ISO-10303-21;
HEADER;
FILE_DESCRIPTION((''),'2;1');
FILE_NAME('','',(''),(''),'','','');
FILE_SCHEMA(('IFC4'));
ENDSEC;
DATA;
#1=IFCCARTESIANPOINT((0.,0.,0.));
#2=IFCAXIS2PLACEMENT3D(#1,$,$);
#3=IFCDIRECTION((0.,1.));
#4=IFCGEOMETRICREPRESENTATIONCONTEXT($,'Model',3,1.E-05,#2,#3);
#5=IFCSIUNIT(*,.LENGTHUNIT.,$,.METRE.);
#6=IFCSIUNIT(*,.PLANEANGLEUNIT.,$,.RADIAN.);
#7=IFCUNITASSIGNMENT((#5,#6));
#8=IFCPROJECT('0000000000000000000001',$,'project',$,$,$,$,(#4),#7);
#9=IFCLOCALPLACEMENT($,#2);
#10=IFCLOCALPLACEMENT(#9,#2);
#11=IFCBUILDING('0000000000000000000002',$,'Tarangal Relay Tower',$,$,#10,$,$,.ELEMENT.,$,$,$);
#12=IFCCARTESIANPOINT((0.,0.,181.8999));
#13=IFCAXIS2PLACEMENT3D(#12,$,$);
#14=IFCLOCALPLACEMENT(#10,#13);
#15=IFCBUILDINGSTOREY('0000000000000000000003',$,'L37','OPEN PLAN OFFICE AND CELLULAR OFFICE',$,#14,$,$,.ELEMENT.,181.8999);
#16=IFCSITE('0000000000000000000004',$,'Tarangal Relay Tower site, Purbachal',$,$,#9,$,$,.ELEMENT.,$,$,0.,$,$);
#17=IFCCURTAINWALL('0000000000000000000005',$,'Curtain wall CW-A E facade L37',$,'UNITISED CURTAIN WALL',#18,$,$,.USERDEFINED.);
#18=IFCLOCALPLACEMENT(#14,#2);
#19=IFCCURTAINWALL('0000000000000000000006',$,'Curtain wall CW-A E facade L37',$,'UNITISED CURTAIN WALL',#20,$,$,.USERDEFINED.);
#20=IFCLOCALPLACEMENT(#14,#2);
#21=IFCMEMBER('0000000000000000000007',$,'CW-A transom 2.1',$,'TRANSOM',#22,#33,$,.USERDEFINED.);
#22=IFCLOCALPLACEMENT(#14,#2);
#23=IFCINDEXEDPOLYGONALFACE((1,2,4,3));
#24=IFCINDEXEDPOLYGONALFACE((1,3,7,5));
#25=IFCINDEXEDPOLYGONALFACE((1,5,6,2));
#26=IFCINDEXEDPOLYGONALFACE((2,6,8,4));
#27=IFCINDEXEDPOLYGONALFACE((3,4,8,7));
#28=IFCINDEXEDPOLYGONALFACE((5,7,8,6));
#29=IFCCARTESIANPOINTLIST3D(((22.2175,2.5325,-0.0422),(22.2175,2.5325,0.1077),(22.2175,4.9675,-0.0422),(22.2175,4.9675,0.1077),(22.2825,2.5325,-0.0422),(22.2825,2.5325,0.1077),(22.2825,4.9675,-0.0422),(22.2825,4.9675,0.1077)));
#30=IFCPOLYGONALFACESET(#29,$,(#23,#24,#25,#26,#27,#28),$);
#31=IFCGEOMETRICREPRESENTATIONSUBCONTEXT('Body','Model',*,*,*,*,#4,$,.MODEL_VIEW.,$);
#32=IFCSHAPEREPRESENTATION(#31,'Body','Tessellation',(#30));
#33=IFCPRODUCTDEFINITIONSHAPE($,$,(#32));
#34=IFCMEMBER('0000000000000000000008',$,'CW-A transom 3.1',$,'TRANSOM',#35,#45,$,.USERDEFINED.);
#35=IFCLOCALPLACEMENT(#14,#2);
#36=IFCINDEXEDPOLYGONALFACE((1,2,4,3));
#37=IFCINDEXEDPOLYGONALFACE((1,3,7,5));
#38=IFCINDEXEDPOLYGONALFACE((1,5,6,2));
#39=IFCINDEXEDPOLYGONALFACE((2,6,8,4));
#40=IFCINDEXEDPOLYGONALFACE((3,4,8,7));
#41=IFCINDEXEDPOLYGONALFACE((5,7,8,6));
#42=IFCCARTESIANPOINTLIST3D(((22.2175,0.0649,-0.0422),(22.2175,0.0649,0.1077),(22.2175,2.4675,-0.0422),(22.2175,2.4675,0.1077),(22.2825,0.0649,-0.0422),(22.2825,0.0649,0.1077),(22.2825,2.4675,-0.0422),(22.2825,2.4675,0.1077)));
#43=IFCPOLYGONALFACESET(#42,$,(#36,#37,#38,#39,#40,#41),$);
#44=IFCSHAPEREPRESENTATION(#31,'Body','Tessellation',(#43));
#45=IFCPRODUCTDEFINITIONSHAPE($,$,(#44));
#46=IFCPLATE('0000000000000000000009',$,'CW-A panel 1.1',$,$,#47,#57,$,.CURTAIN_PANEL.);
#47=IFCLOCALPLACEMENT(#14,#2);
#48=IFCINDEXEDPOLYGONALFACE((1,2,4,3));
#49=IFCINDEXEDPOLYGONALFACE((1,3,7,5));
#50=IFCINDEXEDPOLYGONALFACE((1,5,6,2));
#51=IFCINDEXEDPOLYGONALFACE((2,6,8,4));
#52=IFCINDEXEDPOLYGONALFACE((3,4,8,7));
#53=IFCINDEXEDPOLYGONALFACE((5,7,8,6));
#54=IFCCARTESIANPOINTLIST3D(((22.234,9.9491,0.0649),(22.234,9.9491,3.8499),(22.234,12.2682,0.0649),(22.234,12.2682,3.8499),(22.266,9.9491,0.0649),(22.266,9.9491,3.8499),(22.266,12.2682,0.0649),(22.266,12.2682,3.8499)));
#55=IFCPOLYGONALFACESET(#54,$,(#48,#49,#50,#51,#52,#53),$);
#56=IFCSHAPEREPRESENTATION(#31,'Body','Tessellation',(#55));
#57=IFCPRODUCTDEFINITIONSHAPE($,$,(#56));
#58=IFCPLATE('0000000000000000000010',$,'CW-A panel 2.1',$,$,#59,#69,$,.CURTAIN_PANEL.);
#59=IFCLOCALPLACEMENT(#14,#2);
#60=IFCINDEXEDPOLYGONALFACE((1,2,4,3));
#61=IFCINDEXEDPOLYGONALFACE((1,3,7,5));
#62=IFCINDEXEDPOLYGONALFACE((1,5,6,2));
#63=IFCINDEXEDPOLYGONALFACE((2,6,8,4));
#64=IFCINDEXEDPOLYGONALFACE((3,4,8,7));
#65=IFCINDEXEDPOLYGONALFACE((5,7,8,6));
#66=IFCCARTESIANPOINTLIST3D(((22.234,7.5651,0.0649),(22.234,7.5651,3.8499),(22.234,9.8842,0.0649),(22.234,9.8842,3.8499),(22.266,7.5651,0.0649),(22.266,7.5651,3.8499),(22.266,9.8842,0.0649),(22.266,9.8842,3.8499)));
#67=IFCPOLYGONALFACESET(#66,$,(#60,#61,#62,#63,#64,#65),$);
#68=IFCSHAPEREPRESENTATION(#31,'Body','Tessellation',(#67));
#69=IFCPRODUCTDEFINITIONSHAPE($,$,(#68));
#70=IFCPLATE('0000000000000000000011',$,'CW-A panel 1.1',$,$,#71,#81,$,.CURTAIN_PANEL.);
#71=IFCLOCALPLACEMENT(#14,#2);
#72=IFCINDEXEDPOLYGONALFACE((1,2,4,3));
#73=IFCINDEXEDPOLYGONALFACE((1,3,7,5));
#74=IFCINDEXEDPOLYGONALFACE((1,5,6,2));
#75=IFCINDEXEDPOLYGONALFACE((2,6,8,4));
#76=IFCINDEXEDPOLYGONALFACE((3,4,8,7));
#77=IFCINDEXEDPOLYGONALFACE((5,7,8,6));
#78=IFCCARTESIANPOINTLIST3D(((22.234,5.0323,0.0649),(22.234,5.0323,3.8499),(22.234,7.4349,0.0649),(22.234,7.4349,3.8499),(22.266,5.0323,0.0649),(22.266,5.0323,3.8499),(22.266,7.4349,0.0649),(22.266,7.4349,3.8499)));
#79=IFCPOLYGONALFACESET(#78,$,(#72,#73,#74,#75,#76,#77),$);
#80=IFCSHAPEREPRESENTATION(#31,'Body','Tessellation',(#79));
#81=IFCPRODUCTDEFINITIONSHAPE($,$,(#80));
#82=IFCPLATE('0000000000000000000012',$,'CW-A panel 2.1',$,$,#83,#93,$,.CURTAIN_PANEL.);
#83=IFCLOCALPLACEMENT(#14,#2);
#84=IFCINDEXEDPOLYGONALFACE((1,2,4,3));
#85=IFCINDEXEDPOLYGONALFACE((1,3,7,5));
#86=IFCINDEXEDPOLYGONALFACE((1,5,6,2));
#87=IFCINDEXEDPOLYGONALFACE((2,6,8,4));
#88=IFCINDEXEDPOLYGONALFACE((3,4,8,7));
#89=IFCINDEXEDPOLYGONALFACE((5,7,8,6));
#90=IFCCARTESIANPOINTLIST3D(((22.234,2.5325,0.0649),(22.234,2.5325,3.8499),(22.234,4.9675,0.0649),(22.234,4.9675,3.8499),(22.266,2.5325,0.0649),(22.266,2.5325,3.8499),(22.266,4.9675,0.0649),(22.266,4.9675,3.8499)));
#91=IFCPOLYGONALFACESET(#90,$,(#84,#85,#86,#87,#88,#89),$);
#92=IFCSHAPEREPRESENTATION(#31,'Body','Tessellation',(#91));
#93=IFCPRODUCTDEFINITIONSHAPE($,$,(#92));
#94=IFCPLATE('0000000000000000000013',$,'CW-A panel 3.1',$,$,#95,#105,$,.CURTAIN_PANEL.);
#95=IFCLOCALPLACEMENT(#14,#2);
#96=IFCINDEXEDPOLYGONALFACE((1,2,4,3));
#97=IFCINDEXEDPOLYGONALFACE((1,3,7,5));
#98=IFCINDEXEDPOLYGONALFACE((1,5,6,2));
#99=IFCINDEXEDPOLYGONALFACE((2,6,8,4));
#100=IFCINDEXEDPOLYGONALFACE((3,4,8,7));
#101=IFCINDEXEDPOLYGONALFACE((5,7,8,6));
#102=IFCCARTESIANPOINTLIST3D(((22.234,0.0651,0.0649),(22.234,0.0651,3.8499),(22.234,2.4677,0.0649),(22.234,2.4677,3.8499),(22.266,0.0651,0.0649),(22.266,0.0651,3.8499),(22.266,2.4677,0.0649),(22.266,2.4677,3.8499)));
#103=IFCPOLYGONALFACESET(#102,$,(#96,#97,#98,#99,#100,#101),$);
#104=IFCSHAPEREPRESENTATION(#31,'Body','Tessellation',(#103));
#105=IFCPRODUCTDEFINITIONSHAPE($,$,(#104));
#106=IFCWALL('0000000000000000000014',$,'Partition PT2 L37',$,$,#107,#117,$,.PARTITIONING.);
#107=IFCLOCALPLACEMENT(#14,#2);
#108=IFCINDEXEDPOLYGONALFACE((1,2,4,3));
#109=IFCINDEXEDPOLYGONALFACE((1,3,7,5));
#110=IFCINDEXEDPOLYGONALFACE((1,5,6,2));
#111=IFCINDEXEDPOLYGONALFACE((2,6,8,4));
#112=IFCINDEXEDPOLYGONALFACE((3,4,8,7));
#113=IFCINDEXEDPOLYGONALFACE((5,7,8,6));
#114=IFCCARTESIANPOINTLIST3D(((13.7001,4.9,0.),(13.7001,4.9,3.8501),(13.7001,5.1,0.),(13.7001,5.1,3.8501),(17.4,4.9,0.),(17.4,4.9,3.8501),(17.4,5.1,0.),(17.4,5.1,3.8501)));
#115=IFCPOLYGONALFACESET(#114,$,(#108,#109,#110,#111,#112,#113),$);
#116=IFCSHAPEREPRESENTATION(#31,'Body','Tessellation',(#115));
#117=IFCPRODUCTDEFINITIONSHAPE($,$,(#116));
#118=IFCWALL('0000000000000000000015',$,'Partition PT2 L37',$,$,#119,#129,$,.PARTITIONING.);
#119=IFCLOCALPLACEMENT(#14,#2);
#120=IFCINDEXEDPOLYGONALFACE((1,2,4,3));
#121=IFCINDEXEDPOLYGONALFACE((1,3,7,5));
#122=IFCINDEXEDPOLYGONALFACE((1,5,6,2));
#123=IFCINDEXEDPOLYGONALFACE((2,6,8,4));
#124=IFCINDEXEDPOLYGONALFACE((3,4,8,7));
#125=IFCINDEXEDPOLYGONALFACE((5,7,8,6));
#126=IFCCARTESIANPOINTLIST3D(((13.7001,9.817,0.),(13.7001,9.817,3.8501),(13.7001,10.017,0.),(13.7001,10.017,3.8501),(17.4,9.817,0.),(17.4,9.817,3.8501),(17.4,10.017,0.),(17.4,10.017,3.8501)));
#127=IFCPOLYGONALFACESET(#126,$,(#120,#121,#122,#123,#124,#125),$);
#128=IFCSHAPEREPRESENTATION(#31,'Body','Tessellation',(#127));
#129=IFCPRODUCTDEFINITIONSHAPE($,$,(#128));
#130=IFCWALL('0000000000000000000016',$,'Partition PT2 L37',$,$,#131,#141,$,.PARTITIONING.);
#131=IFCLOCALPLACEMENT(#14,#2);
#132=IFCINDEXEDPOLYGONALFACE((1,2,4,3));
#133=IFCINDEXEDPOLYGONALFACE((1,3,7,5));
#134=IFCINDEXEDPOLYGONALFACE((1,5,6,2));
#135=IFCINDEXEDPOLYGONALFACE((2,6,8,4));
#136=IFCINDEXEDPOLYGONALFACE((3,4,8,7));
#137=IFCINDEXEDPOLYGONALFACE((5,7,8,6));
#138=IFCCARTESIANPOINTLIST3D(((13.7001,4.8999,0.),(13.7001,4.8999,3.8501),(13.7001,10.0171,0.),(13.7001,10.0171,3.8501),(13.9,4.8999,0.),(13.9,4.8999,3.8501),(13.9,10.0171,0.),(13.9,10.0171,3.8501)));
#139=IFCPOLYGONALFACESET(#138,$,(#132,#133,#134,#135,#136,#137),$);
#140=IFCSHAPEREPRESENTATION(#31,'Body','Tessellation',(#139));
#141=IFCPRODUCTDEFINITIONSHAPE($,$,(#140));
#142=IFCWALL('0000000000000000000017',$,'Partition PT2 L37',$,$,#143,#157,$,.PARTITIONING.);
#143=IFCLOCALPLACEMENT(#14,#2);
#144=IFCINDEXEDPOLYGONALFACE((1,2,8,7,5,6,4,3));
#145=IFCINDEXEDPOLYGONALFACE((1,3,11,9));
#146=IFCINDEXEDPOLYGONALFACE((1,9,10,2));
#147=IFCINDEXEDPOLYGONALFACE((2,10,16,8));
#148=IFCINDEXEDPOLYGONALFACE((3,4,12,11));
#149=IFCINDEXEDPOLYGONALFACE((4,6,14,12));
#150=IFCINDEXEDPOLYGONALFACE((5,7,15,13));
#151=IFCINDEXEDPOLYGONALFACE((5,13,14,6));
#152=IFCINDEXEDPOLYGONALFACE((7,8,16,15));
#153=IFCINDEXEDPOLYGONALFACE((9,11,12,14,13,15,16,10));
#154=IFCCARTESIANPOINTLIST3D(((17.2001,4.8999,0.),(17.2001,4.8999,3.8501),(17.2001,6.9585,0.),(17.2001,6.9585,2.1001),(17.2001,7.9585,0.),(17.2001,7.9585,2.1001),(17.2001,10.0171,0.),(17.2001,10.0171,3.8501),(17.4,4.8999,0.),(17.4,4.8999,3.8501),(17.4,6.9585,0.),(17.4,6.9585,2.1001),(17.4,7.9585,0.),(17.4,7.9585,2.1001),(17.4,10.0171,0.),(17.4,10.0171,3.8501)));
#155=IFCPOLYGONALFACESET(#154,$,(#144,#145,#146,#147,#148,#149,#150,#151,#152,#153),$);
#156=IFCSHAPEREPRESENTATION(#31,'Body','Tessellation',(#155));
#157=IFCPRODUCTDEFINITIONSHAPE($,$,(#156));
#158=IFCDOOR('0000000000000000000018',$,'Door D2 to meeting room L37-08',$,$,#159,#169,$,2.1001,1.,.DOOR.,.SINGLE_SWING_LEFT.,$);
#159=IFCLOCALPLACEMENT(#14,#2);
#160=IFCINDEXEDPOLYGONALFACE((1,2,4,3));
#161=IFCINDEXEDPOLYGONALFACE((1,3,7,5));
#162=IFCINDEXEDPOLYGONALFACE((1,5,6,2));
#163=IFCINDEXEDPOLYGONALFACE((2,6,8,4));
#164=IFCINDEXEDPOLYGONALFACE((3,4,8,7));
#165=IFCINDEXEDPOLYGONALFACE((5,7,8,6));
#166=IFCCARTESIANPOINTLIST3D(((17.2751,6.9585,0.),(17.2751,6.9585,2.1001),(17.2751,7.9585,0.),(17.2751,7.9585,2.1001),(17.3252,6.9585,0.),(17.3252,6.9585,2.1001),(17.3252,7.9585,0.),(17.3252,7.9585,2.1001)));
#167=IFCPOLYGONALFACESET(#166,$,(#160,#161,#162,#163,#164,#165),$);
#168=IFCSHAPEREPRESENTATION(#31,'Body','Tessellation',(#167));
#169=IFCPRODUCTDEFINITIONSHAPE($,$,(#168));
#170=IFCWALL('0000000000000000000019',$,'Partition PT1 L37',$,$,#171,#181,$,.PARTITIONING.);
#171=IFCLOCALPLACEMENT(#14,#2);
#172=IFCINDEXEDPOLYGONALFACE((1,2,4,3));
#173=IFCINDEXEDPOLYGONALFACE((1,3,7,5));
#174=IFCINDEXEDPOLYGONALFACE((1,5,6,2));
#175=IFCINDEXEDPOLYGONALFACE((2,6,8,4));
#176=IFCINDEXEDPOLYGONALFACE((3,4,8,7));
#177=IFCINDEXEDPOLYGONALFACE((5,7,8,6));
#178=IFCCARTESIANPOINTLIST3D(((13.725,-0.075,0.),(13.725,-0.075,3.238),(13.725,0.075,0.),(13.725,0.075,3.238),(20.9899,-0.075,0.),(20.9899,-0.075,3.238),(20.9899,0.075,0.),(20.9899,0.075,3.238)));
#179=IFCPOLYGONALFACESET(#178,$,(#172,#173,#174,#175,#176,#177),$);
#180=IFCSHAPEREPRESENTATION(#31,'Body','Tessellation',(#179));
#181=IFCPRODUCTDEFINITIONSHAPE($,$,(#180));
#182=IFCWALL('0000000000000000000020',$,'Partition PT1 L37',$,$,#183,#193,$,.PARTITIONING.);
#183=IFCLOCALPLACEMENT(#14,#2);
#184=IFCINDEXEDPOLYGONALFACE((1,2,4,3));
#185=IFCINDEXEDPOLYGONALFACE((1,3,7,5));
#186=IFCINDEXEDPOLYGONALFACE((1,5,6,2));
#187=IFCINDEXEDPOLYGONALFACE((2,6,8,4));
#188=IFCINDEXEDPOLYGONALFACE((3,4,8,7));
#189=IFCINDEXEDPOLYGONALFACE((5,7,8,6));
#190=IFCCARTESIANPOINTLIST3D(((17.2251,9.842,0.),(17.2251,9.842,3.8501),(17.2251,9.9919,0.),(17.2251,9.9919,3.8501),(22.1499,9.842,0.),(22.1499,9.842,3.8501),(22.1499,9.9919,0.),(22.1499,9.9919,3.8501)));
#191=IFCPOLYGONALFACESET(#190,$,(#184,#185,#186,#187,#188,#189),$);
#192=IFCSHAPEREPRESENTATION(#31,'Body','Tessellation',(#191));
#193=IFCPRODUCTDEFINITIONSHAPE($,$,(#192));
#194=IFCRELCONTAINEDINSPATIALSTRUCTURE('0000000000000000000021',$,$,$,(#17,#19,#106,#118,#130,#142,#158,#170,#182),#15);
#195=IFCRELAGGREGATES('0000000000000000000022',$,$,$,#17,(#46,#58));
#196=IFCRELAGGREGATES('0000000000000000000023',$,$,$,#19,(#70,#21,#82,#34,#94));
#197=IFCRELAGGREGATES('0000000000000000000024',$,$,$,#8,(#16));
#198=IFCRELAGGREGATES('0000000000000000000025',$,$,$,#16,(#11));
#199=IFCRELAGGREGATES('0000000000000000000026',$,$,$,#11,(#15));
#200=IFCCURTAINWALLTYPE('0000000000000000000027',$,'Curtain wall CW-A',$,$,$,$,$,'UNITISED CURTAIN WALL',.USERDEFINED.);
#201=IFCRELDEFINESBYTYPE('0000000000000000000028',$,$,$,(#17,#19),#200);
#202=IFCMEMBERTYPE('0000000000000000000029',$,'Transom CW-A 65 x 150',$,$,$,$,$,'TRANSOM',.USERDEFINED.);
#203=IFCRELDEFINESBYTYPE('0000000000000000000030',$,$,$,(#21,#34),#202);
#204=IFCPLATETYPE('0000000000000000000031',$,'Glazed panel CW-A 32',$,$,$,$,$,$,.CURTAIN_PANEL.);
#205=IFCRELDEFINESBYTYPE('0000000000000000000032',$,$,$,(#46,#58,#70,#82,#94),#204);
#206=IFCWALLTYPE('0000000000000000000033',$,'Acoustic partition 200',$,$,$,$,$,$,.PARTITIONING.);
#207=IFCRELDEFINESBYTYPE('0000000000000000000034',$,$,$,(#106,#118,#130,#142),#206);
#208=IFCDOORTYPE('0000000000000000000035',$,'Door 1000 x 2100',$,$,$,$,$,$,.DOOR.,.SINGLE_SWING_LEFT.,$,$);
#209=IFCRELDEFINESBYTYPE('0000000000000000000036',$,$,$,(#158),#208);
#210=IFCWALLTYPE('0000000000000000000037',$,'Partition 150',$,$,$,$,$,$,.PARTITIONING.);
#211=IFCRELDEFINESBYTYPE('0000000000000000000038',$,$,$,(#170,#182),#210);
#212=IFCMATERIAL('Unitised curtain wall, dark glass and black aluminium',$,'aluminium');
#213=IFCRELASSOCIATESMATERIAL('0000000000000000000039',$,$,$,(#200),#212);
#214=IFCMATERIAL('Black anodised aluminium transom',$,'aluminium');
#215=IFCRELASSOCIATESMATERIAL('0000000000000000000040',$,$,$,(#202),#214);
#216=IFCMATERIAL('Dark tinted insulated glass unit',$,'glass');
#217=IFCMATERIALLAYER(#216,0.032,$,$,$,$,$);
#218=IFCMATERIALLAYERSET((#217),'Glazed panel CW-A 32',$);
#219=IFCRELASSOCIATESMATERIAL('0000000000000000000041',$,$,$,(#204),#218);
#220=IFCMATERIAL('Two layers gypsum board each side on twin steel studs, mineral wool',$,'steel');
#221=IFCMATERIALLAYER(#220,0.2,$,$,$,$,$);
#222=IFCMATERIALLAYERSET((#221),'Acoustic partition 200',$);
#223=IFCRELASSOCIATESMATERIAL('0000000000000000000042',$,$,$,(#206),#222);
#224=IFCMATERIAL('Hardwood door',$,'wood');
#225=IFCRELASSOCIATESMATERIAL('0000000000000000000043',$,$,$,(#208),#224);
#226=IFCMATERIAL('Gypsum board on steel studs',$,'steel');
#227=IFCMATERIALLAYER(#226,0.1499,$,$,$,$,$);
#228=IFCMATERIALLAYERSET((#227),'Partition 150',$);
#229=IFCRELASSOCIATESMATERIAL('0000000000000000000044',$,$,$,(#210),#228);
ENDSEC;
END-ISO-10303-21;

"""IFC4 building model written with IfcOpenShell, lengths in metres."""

from ifc_helpers import new_model, si_unit, direction, frame, frame_2d, origin, origin_2d, place, context, subcontext, project, spatial, rectangle, extrude, material, layer, layer_set, material_profile, profile_set, type_object, element, fill, aggregate, save


model = new_model("IFC4")

# Units and contexts
model_context = context("Model", 3, precision=1e-05, world=origin(), true_north=direction((0.0, 1.0)))
body_context = subcontext(model_context, "Body", "Model", "MODEL_VIEW")
ifc_project = project(units=[si_unit("LENGTHUNIT", "METRE"), si_unit("PLANEANGLEUNIT", "RADIAN")], contexts=[model_context])

# Site, building, storey
site_placement = place(None, origin())
site = spatial("IfcSite", under=ifc_project, at=site_placement, Name="Tarangal Relay Tower site, Purbachal", CompositionType="ELEMENT", RefElevation=0.0)
building_placement = place(site_placement, origin())
building = spatial("IfcBuilding", under=site, at=building_placement, Name="Tarangal Relay Tower", CompositionType="ELEMENT")
storey_placement = place(building_placement, frame((0.0, 0.0, 181.8999)))
storey = spatial("IfcBuildingStorey", under=building, at=storey_placement, Name="L37", Description="OPEN PLAN OFFICE AND CELLULAR OFFICE", CompositionType="ELEMENT", Elevation=181.8999)

# Curtain walls
ifc_material_1 = material(Name="Unitised curtain wall, dark glass and black aluminium", Category="aluminium")
curtain_wall_type = type_object("IfcCurtainWallType", Name="Curtain wall CW-A", ElementType="UNITISED CURTAIN WALL", PredefinedType="USERDEFINED", material=ifc_material_1)
curtain_wall_1_placement = place(storey_placement, origin())
curtain_wall_1 = element("IfcCurtainWall", 1, at=curtain_wall_1_placement, inside=storey, type_object=curtain_wall_type, Name="Curtain wall CW-A E facade L37", ObjectType="UNITISED CURTAIN WALL", PredefinedType="USERDEFINED")
curtain_wall_2_placement = place(storey_placement, origin())
curtain_wall_2 = element("IfcCurtainWall", 2, at=curtain_wall_2_placement, inside=storey, type_object=curtain_wall_type, Name="Curtain wall CW-A E facade L37", ObjectType="UNITISED CURTAIN WALL", PredefinedType="USERDEFINED")

# Members
ifc_material_2 = material(Name="Black anodised aluminium transom", Category="aluminium")
ifc_material_profile_1 = material_profile(ifc_material_2, rectangle(XDim=0.0649, YDim=0.1499, at=origin_2d()), Name="CW-AT 65X150")
ifc_profile_set_1 = profile_set([ifc_material_profile_1], Name="Black anodised aluminium transom")
member_type_1 = type_object("IfcMemberType", Name="Transom CW-A 65 x 150", ElementType="TRANSOM", PredefinedType="USERDEFINED", material=ifc_profile_set_1)
member_1_placement = place(storey_placement, frame((22.25, 4.9675, 0.0327), z_axis=(0.0, -1.0, 0.0), x_axis=(1.0, 0.0, 0.0)))
member_1 = element("IfcMember", 3, at=member_1_placement, type_object=member_type_1, Name="CW-A transom 2.1", ObjectType="TRANSOM", PredefinedType="USERDEFINED", context=body_context, shape_type="SweptSolid", body=[
    extrude(rectangle(XDim=0.0649, YDim=0.1499, at=origin_2d()), origin(), (0.0, 0.0, 1.0), 2.4351),
])
member_2_placement = place(storey_placement, frame((22.25, 2.4675, 0.0327), z_axis=(0.0, -1.0, 0.0), x_axis=(1.0, 0.0, 0.0)))
member_2 = element("IfcMember", 4, at=member_2_placement, type_object=member_type_1, Name="CW-A transom 3.1", ObjectType="TRANSOM", PredefinedType="USERDEFINED", context=body_context, shape_type="SweptSolid", body=[
    extrude(rectangle(XDim=0.0649, YDim=0.1499, at=origin_2d()), origin(), (0.0, 0.0, 1.0), 2.4026),
])

# Plates
ifc_material_3 = material(Name="Dark tinted insulated glass unit", Category="glass")
ifc_layer_1 = layer(ifc_material_3, 0.032)
ifc_layer_set_1 = layer_set([ifc_layer_1], Name="Glazed panel CW-A 32")
plate_type = type_object("IfcPlateType", Name="Glazed panel CW-A 32", PredefinedType="CURTAIN_PANEL", material=ifc_layer_set_1)
plate_1_placement = place(storey_placement, frame((22.25, 11.1086, 0.0649), z_axis=(0.0, 0.0, 1.0), x_axis=(0.0, -1.0, 0.0)))
plate_1 = element("IfcPlate", 5, at=plate_1_placement, type_object=plate_type, Name="CW-A panel 1.1", PredefinedType="CURTAIN_PANEL", context=body_context, shape_type="SweptSolid", body=[
    extrude(rectangle(XDim=2.3191, YDim=0.032, at=origin_2d()), origin(), (0.0, 0.0, 1.0), 3.7849),
])
plate_2_placement = place(storey_placement, frame((22.25, 8.7246, 0.0649), z_axis=(0.0, 0.0, 1.0), x_axis=(0.0, -1.0, 0.0)))
plate_2 = element("IfcPlate", 6, at=plate_2_placement, type_object=plate_type, Name="CW-A panel 2.1", PredefinedType="CURTAIN_PANEL", context=body_context, shape_type="SweptSolid", body=[
    extrude(rectangle(XDim=2.3191, YDim=0.032, at=origin_2d()), origin(), (0.0, 0.0, 1.0), 3.7849),
])
aggregate(curtain_wall_1, [plate_1, plate_2])
plate_3_placement = place(storey_placement, frame((22.25, 6.2336, 0.0649), z_axis=(0.0, 0.0, 1.0), x_axis=(0.0, -1.0, 0.0)))
plate_3 = element("IfcPlate", 7, at=plate_3_placement, type_object=plate_type, Name="CW-A panel 1.1", PredefinedType="CURTAIN_PANEL", context=body_context, shape_type="SweptSolid", body=[
    extrude(rectangle(XDim=2.4026, YDim=0.032, at=origin_2d()), origin(), (0.0, 0.0, 1.0), 3.7849),
])
plate_4_placement = place(storey_placement, frame((22.25, 3.75, 0.0649), z_axis=(0.0, 0.0, 1.0), x_axis=(0.0, -1.0, 0.0)))
plate_4 = element("IfcPlate", 8, at=plate_4_placement, type_object=plate_type, Name="CW-A panel 2.1", PredefinedType="CURTAIN_PANEL", context=body_context, shape_type="SweptSolid", body=[
    extrude(rectangle(XDim=2.4351, YDim=0.032, at=origin_2d()), origin(), (0.0, 0.0, 1.0), 3.7849),
])
plate_5_placement = place(storey_placement, frame((22.25, 1.2664, 0.0649), z_axis=(0.0, 0.0, 1.0), x_axis=(0.0, -1.0, 0.0)))
plate_5 = element("IfcPlate", 9, at=plate_5_placement, type_object=plate_type, Name="CW-A panel 3.1", PredefinedType="CURTAIN_PANEL", context=body_context, shape_type="SweptSolid", body=[
    extrude(rectangle(XDim=2.4026, YDim=0.032, at=origin_2d()), origin(), (0.0, 0.0, 1.0), 3.7849),
])
aggregate(curtain_wall_2, [plate_3, member_1, plate_4, member_2, plate_5])

# Walls
ifc_material_4 = material(Name="Two layers gypsum board each side on twin steel studs, mineral wool", Category="steel")
ifc_layer_2 = layer(ifc_material_4, 0.2)
ifc_layer_set_2 = layer_set([ifc_layer_2], Name="Acoustic partition 200")
wall_type_1 = type_object("IfcWallType", Name="Acoustic partition 200", PredefinedType="PARTITIONING", material=ifc_layer_set_2)
for number, where, z_axis, x_axis, name in (
    (10, (13.7, 5.0, 0.0), (0.0, 0.0, 1.0), (1.0, 0.0, 0.0), "Partition PT2 L37"),
    (11, (13.7, 9.917, 0.0), (0.0, 0.0, 1.0), (1.0, 0.0, 0.0), "Partition PT2 L37"),
):
    element("IfcWall", number, at=place(storey_placement, frame(where, z_axis=z_axis, x_axis=x_axis)), inside=storey, type_object=wall_type_1, Name=name, PredefinedType="PARTITIONING", context=body_context, shape_type="SweptSolid", body=[
        extrude(rectangle(XDim=3.7, YDim=0.2, at=frame_2d((1.8501, 0.0))), origin(), (0.0, 0.0, 1.0), 3.8501),
    ])
wall_1_placement = place(storey_placement, frame((13.8, 4.8999, 0.0), z_axis=(0.0, 0.0, 1.0), x_axis=(0.0, 1.0, 0.0)))
element("IfcWall", 12, at=wall_1_placement, inside=storey, type_object=wall_type_1, Name="Partition PT2 L37", PredefinedType="PARTITIONING", context=body_context, shape_type="SweptSolid", body=[
    extrude(rectangle(XDim=5.1172, YDim=0.2, at=frame_2d((2.5586, 0.0))), origin(), (0.0, 0.0, 1.0), 3.8501),
])

# Wall, opening, door
wall_2_placement = place(storey_placement, frame((17.3, 4.8999, 0.0), z_axis=(0.0, 0.0, 1.0), x_axis=(0.0, 1.0, 0.0)))
wall_2 = element("IfcWall", 13, at=wall_2_placement, inside=storey, type_object=wall_type_1, Name="Partition PT2 L37", PredefinedType="PARTITIONING", context=body_context, shape_type="SweptSolid", body=[
    extrude(rectangle(XDim=5.1172, YDim=0.2, at=frame_2d((2.5586, 0.0))), origin(), (0.0, 0.0, 1.0), 3.8501),
])
opening_1_placement = place(wall_2_placement, frame((2.0586, 0.0, 0.0)))
opening_1 = element("IfcOpeningElement", 14, at=opening_1_placement, cuts=wall_2, PredefinedType="OPENING", context=body_context, shape_type="SweptSolid", body=[
    extrude(rectangle(XDim=1.0, YDim=2.1001, at=frame_2d((0.5, 1.05))), frame((0.0, 0.1099, 0.0), z_axis=(0.0, -1.0, 0.0), x_axis=(1.0, 0.0, 0.0)), (0.0, 0.0, 1.0), 0.22),
])
ifc_material_5 = material(Name="Hardwood door", Category="wood")
door_type_1 = type_object("IfcDoorType", Name="Door 1000 x 2100", OperationType="SINGLE_SWING_LEFT", PredefinedType="DOOR", material=ifc_material_5)
door_1_placement = place(opening_1_placement, origin())
door_1 = element("IfcDoor", 15, at=door_1_placement, inside=storey, type_object=door_type_1, Name="Door D2 to meeting room L37-08", OperationType="SINGLE_SWING_LEFT", OverallHeight=2.1001, OverallWidth=1.0, PredefinedType="DOOR", context=body_context, shape_type="SweptSolid", body=[
    extrude(rectangle(XDim=1.0, YDim=2.1001, at=frame_2d((0.5, 1.05))), frame((0.0, 0.0249, 0.0), z_axis=(0.0, -1.0, 0.0), x_axis=(1.0, 0.0, 0.0)), (0.0, 0.0, 1.0), 0.05),
])
fill(opening_1, door_1)

# Walls
ifc_material_6 = material(Name="Gypsum board on steel studs", Category="steel")
ifc_layer_3 = layer(ifc_material_6, 0.1499)
ifc_layer_set_3 = layer_set([ifc_layer_3], Name="Partition 150")
wall_type_2 = type_object("IfcWallType", Name="Partition 150", PredefinedType="PARTITIONING", material=ifc_layer_set_3)
wall_3_placement = place(storey_placement, frame((13.7251, 0.0, 0.0), z_axis=(0.0, 0.0, 1.0), x_axis=(1.0, 0.0, 0.0)))
element("IfcWall", 16, at=wall_3_placement, inside=storey, type_object=wall_type_2, Name="Partition PT1 L37", PredefinedType="PARTITIONING", context=body_context, shape_type="SweptSolid", body=[
    extrude(rectangle(XDim=7.2649, YDim=0.1499, at=frame_2d((3.6323, 0.0))), origin(), (0.0, 0.0, 1.0), 3.238),
])
wall_4_placement = place(storey_placement, frame((17.2251, 9.917, 0.0), z_axis=(0.0, 0.0, 1.0), x_axis=(1.0, 0.0, 0.0)))
element("IfcWall", 17, at=wall_4_placement, inside=storey, type_object=wall_type_2, Name="Partition PT1 L37", PredefinedType="PARTITIONING", context=body_context, shape_type="SweptSolid", body=[
    extrude(rectangle(XDim=4.9248, YDim=0.1499, at=frame_2d((2.4624, 0.0))), origin(), (0.0, 0.0, 1.0), 3.8501),
])

save(model, "model.ifc")
